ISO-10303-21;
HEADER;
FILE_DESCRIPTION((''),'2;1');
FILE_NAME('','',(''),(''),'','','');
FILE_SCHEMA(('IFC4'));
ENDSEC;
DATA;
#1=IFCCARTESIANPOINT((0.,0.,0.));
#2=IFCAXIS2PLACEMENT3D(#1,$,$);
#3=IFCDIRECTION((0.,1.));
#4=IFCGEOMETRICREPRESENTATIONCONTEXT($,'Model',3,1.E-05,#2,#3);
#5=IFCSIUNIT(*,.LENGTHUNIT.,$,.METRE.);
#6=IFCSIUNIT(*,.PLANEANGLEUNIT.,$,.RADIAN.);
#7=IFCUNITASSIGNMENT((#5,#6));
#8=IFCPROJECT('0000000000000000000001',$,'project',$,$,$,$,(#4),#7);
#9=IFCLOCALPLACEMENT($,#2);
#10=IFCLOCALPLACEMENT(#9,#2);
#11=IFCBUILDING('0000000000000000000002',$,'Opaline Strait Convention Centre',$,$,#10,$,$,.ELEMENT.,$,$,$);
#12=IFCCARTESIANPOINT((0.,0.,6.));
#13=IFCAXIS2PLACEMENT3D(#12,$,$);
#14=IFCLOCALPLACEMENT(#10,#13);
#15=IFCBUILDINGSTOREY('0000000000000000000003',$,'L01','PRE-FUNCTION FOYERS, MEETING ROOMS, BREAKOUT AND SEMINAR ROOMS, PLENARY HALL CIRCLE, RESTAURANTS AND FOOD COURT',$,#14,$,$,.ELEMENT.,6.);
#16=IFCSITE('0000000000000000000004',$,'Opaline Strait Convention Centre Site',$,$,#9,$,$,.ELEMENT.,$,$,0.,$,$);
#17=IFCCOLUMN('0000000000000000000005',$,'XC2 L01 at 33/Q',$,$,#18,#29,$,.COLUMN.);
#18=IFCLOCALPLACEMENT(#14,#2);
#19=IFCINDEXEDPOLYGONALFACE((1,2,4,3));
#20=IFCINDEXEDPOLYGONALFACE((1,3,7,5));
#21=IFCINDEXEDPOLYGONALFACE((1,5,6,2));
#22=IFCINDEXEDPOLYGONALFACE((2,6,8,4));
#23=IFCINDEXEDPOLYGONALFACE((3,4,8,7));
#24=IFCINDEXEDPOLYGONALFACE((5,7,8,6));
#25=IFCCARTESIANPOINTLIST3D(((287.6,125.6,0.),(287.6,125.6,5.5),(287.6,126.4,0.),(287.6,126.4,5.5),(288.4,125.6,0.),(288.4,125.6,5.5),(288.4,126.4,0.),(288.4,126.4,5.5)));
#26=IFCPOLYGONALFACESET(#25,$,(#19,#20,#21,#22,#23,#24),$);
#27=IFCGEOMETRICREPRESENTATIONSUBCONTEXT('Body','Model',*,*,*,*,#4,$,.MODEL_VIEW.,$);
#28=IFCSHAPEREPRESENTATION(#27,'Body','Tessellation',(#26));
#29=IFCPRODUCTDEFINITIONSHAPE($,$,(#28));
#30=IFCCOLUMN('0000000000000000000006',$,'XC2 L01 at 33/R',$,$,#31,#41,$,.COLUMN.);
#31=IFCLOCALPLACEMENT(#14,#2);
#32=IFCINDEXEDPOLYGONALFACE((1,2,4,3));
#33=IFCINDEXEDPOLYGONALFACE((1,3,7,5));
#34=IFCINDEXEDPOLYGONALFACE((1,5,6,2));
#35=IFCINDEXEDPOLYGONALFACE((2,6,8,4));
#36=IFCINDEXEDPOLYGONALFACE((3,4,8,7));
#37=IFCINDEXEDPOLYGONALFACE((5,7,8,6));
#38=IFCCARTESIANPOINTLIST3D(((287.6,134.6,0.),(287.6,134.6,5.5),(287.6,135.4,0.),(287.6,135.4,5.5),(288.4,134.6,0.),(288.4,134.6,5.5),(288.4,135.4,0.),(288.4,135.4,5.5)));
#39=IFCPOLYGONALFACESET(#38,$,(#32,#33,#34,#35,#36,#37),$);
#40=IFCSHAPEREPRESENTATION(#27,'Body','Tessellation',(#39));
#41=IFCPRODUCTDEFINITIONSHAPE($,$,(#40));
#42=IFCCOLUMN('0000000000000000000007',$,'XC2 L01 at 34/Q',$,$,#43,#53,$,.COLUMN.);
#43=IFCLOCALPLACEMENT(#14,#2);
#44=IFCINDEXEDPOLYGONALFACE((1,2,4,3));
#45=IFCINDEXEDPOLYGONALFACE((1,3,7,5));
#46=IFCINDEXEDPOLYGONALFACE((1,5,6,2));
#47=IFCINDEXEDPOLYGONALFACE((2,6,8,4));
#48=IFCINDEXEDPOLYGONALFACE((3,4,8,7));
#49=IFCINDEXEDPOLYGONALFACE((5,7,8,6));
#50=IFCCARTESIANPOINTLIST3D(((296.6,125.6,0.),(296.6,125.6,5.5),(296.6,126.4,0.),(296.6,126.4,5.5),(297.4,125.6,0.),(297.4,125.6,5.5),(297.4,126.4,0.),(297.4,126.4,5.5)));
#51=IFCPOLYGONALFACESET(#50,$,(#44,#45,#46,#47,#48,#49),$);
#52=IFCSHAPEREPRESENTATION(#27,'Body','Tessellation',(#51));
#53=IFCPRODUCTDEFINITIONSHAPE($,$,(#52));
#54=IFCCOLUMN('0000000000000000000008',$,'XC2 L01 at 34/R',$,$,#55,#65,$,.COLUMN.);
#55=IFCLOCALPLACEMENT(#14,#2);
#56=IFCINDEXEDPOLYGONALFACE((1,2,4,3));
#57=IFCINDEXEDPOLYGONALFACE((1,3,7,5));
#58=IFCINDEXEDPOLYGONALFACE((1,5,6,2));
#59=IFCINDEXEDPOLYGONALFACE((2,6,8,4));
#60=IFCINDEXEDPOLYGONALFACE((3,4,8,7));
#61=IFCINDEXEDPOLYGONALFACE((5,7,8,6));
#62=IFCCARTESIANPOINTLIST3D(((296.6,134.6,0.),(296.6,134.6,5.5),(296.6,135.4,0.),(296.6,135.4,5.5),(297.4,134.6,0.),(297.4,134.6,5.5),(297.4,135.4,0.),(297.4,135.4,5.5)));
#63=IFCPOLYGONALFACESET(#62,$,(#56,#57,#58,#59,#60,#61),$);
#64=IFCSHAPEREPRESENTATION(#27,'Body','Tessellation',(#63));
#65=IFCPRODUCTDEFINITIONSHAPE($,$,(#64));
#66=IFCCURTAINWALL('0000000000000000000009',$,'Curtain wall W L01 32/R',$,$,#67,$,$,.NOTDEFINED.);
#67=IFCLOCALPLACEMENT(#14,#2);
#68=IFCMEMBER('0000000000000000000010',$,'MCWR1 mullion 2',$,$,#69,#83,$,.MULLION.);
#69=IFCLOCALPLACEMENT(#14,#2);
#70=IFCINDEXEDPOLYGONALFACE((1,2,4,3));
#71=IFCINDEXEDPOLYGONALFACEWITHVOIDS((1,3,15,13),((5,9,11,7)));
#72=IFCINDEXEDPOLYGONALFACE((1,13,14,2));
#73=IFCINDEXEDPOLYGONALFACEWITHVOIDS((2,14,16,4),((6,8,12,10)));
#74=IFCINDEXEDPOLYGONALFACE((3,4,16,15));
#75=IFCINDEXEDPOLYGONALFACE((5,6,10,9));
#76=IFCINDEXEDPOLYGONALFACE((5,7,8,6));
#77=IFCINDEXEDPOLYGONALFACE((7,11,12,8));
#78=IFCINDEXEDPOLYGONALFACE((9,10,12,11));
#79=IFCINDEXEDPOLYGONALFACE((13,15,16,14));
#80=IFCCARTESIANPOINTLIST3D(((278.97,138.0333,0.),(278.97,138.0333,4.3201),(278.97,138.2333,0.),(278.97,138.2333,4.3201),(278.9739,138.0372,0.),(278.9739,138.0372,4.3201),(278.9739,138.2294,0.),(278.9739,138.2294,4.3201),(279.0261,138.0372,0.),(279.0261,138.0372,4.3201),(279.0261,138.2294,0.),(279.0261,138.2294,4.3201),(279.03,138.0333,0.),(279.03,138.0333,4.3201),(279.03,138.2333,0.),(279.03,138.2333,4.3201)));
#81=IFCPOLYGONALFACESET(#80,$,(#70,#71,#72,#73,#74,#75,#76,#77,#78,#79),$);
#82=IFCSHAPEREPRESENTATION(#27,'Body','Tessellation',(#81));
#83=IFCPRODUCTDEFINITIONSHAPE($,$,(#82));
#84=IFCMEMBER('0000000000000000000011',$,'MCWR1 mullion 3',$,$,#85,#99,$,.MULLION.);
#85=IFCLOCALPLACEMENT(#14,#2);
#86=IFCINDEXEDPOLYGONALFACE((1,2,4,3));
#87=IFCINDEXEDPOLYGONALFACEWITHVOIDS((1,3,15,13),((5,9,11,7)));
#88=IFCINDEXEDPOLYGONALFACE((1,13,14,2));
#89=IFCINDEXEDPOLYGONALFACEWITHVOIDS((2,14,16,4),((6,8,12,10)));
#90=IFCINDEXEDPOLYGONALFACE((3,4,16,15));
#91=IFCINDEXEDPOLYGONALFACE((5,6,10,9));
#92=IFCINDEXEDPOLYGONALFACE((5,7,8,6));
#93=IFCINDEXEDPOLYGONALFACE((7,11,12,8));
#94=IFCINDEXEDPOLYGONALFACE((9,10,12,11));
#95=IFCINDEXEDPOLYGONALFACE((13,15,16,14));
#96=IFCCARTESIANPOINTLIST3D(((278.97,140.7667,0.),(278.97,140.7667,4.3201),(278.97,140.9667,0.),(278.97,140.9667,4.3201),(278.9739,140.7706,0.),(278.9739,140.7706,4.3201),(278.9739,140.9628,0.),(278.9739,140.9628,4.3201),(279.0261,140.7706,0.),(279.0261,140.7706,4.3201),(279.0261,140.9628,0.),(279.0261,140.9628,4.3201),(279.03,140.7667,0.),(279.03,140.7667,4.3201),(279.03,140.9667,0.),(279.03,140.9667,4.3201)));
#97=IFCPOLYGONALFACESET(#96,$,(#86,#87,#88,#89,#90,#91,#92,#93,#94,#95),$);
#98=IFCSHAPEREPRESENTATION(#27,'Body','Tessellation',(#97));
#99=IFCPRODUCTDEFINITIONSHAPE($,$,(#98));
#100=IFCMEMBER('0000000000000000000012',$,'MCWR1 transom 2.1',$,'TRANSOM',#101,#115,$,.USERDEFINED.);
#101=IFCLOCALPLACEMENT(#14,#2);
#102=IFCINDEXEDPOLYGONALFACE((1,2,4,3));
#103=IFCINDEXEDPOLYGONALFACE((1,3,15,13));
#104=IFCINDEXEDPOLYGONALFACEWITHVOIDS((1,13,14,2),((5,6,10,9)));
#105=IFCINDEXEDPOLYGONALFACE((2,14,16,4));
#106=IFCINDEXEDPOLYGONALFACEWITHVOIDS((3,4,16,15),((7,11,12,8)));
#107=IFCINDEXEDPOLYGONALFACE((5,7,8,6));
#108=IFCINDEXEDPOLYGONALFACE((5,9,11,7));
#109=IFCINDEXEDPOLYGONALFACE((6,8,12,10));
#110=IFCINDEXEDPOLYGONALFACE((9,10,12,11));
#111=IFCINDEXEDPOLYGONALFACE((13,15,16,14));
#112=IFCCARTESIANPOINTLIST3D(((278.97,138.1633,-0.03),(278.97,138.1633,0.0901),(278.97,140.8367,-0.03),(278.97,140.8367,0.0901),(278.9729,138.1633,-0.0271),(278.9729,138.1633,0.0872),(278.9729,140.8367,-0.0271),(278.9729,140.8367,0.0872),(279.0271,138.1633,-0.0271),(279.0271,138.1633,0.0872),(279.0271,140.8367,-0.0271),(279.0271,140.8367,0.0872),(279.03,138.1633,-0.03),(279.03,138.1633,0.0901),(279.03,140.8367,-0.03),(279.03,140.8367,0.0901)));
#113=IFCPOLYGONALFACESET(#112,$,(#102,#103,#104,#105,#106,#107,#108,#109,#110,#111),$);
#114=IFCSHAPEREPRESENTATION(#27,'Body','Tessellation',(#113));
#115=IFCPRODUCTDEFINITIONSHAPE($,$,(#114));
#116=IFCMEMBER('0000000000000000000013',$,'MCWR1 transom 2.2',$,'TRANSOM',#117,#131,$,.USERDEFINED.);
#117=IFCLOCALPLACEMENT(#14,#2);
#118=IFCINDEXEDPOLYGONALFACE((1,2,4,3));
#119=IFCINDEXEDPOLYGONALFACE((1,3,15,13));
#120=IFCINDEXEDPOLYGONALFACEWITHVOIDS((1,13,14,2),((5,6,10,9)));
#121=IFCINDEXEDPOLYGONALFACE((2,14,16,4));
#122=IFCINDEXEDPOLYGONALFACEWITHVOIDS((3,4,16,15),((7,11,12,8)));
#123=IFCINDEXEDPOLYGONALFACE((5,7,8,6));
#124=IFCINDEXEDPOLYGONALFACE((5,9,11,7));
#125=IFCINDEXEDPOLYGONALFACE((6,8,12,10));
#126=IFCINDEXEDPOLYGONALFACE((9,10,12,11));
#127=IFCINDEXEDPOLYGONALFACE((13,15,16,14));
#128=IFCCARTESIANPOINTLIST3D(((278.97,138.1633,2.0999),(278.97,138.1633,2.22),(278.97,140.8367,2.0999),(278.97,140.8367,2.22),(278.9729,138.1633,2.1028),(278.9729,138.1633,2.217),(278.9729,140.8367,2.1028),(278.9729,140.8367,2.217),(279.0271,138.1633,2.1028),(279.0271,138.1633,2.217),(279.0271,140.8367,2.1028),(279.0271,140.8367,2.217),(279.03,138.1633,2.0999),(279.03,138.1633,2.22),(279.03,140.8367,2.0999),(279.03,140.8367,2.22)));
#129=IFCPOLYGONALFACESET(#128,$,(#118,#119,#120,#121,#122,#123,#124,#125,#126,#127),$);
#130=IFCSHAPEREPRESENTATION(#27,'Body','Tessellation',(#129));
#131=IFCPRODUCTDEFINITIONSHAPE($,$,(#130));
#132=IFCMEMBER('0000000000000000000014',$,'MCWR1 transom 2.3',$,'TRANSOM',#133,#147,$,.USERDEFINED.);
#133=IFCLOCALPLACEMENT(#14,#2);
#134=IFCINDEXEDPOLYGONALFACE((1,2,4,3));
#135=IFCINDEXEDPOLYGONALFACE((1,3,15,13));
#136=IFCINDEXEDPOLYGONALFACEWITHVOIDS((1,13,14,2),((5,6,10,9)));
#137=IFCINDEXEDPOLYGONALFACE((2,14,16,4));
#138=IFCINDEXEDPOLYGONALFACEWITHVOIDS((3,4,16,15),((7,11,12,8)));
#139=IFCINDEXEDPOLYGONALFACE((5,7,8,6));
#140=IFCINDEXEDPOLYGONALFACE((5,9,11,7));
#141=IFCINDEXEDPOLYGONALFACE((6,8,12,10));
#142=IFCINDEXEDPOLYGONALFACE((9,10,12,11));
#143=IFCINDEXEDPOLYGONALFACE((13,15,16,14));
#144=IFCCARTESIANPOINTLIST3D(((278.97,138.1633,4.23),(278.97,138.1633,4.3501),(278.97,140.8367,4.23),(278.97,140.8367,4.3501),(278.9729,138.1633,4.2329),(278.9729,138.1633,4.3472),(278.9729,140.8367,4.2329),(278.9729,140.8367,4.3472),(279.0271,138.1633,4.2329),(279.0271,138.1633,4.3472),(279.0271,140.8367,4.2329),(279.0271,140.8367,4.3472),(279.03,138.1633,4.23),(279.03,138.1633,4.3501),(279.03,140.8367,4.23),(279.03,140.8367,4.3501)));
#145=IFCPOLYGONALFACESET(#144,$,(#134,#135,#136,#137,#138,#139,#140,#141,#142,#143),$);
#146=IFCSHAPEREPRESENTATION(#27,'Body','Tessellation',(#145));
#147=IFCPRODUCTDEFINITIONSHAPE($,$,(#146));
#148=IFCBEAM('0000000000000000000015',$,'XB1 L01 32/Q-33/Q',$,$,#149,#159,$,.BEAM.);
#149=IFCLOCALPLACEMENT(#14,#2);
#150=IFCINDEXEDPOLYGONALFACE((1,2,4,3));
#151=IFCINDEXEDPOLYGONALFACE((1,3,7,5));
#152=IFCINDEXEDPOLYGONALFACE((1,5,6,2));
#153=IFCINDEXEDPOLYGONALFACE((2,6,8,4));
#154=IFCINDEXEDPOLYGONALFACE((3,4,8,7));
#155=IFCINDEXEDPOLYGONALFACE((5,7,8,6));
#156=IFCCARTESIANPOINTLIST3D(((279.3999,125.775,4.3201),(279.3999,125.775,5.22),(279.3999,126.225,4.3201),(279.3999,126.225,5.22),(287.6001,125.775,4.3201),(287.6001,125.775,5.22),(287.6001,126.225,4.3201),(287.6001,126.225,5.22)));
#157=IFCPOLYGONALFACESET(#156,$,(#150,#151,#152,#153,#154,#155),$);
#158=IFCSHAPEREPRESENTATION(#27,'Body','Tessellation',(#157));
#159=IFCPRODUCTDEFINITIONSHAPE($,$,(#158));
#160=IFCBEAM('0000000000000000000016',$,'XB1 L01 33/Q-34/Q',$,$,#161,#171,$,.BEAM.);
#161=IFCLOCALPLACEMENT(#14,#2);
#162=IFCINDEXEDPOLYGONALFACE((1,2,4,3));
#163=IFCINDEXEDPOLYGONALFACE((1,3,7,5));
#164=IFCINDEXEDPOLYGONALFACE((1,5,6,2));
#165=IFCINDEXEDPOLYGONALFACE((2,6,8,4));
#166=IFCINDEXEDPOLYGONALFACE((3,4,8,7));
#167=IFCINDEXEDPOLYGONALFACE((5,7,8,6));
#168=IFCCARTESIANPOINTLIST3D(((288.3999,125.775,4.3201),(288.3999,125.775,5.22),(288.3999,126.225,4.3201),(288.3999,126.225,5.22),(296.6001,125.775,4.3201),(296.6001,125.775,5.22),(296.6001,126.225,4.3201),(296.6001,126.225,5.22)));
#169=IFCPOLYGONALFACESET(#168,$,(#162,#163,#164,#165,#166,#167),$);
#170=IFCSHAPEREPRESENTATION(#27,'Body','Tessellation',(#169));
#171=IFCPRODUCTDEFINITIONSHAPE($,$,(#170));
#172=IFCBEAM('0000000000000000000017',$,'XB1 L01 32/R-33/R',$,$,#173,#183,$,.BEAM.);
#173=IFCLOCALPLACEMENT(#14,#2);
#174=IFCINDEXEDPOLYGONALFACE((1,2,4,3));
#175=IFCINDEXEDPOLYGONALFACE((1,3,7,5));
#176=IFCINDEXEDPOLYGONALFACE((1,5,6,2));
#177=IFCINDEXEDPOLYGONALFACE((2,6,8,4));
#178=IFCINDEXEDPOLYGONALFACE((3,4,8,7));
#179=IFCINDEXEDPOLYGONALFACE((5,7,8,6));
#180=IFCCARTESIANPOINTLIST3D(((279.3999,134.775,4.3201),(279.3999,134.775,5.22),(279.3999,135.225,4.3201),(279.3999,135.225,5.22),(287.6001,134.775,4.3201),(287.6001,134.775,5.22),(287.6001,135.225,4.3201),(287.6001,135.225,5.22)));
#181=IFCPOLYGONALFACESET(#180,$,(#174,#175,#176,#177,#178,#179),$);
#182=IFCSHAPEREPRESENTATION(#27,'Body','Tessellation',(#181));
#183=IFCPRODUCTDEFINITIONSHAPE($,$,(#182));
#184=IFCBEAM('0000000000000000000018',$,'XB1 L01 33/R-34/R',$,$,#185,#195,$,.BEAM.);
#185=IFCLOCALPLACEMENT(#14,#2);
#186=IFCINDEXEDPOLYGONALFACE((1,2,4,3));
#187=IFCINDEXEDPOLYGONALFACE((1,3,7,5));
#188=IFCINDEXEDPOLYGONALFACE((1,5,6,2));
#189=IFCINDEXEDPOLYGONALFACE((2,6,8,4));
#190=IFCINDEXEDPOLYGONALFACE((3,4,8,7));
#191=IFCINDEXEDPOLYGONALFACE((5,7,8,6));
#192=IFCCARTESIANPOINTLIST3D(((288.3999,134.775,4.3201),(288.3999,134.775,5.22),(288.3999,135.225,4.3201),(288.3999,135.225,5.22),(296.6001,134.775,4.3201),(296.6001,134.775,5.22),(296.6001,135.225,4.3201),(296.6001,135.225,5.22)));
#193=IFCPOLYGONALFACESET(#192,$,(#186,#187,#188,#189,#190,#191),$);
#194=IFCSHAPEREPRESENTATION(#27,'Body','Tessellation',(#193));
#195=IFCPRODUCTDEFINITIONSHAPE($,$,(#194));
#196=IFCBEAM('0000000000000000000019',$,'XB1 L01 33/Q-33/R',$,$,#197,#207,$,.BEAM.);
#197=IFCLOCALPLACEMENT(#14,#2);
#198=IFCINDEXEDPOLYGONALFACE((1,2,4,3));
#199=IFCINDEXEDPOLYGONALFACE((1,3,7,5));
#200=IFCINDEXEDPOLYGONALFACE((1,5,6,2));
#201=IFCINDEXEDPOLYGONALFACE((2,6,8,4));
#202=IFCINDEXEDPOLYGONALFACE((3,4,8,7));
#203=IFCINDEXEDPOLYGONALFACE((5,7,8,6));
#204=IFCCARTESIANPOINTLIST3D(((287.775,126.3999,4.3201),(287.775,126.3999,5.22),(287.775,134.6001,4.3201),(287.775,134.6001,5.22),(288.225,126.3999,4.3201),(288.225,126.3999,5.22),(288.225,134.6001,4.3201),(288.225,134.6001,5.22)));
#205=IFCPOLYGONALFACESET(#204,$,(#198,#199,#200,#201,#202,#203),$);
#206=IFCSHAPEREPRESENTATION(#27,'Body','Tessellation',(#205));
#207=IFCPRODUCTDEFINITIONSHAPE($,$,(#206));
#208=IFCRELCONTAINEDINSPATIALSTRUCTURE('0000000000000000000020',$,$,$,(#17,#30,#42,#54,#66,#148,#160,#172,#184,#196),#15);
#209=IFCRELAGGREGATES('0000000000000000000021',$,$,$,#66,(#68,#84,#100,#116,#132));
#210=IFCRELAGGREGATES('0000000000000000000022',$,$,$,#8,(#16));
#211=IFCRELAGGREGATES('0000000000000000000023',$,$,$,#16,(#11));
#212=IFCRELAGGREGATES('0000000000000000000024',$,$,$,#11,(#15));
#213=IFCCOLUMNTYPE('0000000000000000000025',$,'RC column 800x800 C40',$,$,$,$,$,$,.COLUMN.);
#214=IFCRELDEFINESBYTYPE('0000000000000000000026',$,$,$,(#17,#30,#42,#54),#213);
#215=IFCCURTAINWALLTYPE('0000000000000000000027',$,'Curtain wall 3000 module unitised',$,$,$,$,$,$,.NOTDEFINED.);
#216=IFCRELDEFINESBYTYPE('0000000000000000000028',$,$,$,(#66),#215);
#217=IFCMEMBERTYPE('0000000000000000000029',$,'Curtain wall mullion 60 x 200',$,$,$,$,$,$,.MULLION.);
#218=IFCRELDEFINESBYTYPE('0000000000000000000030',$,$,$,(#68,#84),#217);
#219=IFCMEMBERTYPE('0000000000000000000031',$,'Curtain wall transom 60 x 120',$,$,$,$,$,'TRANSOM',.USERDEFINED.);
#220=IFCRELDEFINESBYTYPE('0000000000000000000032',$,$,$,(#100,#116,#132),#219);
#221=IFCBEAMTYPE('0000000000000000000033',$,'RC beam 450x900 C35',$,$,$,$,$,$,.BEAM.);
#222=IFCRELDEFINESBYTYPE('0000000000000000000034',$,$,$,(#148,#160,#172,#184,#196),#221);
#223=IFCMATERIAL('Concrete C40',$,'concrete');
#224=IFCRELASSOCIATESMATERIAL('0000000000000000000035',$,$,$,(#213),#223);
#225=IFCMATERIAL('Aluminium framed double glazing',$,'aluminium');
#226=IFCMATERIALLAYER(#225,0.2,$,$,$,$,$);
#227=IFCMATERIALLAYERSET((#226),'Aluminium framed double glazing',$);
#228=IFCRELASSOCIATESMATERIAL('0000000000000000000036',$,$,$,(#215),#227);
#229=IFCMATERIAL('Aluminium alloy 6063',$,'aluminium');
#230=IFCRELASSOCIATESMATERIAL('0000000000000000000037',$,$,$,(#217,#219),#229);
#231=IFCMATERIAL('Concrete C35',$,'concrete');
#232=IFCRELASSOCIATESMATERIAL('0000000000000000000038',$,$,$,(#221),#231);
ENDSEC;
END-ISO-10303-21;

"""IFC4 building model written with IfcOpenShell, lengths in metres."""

from ifc_helpers import new_model, si_unit, direction, frame, origin, origin_2d, place, context, subcontext, project, spatial, rectangle, hollow_rectangle, extrude, material, layer, layer_set, material_profile, profile_set, type_object, element, aggregate, save


model = new_model("IFC4")

# Units and contexts
model_context = context("Model", 3, precision=1e-05, world=origin(), true_north=direction((0.0, 1.0)))
body_context = subcontext(model_context, "Body", "Model", "MODEL_VIEW")
ifc_project = project(units=[si_unit("LENGTHUNIT", "METRE"), si_unit("PLANEANGLEUNIT", "RADIAN")], contexts=[model_context])

# Site, building, storey
site_placement = place(None, origin())
site = spatial("IfcSite", under=ifc_project, at=site_placement, Name="Opaline Strait Convention Centre Site", CompositionType="ELEMENT", RefElevation=0.0)
building_placement = place(site_placement, origin())
building = spatial("IfcBuilding", under=site, at=building_placement, Name="Opaline Strait Convention Centre", CompositionType="ELEMENT")
storey_placement = place(building_placement, frame((0.0, 0.0, 6.0)))
storey = spatial("IfcBuildingStorey", under=building, at=storey_placement, Name="L01", Description="PRE-FUNCTION FOYERS, MEETING ROOMS, BREAKOUT AND SEMINAR ROOMS, PLENARY HALL CIRCLE, RESTAURANTS AND FOOD COURT", CompositionType="ELEMENT", Elevation=6.0)

# Columns
ifc_material_1 = material(Name="Concrete C40", Category="concrete")
ifc_material_profile_1 = material_profile(ifc_material_1, rectangle(XDim=0.8, YDim=0.8, at=origin_2d()), Name="RC 800x800")
ifc_profile_set_1 = profile_set([ifc_material_profile_1], Name="Concrete C40")
column_type = type_object("IfcColumnType", Name="RC column 800x800 C40", PredefinedType="COLUMN", material=ifc_profile_set_1)
for number, where, z_axis, x_axis, name in (
    (1, (288.0, 126.0, 0.0), (0.0, 0.0, 1.0), (1.0, 0.0, 0.0), "XC2 L01 at 33/Q"),
    (2, (288.0, 135.0, 0.0), (0.0, 0.0, 1.0), (1.0, 0.0, 0.0), "XC2 L01 at 33/R"),
    (3, (297.0, 126.0, 0.0), (0.0, 0.0, 1.0), (1.0, 0.0, 0.0), "XC2 L01 at 34/Q"),
    (4, (297.0, 135.0, 0.0), (0.0, 0.0, 1.0), (1.0, 0.0, 0.0), "XC2 L01 at 34/R"),
):
    element("IfcColumn", number, at=place(storey_placement, frame(where, z_axis=z_axis, x_axis=x_axis)), inside=storey, type_object=column_type, Name=name, PredefinedType="COLUMN", context=body_context, shape_type="SweptSolid", body=[
        extrude(rectangle(XDim=0.8, YDim=0.8, at=origin_2d()), origin(), (0.0, 0.0, 1.0), 5.5),
    ])

# Curtain wall, members
ifc_material_2 = material(Name="Aluminium framed double glazing", Category="aluminium")
ifc_layer_1 = layer(ifc_material_2, 0.2)
ifc_layer_set_1 = layer_set([ifc_layer_1], Name="Aluminium framed double glazing")
curtain_wall_type = type_object("IfcCurtainWallType", Name="Curtain wall 3000 module unitised", PredefinedType="NOTDEFINED", material=ifc_layer_set_1)
curtain_wall_placement = place(storey_placement, origin())
curtain_wall = element("IfcCurtainWall", 5, at=curtain_wall_placement, inside=storey, type_object=curtain_wall_type, Name="Curtain wall W L01 32/R", PredefinedType="NOTDEFINED")
ifc_material_3 = material(Name="Aluminium alloy 6063", Category="aluminium")
ifc_material_profile_2 = material_profile(ifc_material_3, hollow_rectangle(XDim=0.0601, YDim=0.2, WallThickness=0.0039, at=origin_2d()), Name="MULLION 60x200x4")
ifc_profile_set_2 = profile_set([ifc_material_profile_2], Name="Aluminium alloy 6063")
member_type_1 = type_object("IfcMemberType", Name="Curtain wall mullion 60 x 200", PredefinedType="MULLION", material=ifc_profile_set_2)
member_1_placement = place(storey_placement, frame((279.0, 138.1333, 0.0), z_axis=(0.0, 0.0, 1.0), x_axis=(-1.0, 0.0, 0.0)))
member_1 = element("IfcMember", 6, at=member_1_placement, type_object=member_type_1, Name="MCWR1 mullion 2", PredefinedType="MULLION", context=body_context, shape_type="SweptSolid", body=[
    extrude(hollow_rectangle(XDim=0.0601, YDim=0.2, WallThickness=0.0039, at=origin_2d()), origin(), (0.0, 0.0, 1.0), 4.3201),
])
member_2_placement = place(storey_placement, frame((279.0, 140.8667, 0.0), z_axis=(0.0, 0.0, 1.0), x_axis=(-1.0, 0.0, 0.0)))
member_2 = element("IfcMember", 7, at=member_2_placement, type_object=member_type_1, Name="MCWR1 mullion 3", PredefinedType="MULLION", context=body_context, shape_type="SweptSolid", body=[
    extrude(hollow_rectangle(XDim=0.0601, YDim=0.2, WallThickness=0.0039, at=origin_2d()), origin(), (0.0, 0.0, 1.0), 4.3201),
])
ifc_material_profile_3 = material_profile(ifc_material_3, hollow_rectangle(XDim=0.0601, YDim=0.1201, WallThickness=0.0029, at=origin_2d()), Name="TRANSOM 60x120x3")
ifc_profile_set_3 = profile_set([ifc_material_profile_3], Name="Aluminium alloy 6063")
member_type_2 = type_object("IfcMemberType", Name="Curtain wall transom 60 x 120", ElementType="TRANSOM", PredefinedType="USERDEFINED", material=ifc_profile_set_3)
member_3_placement = place(storey_placement, frame((279.0, 138.1633, 0.03), z_axis=(0.0, 1.0, 0.0), x_axis=(-1.0, 0.0, 0.0)))
member_3 = element("IfcMember", 8, at=member_3_placement, type_object=member_type_2, Name="MCWR1 transom 2.1", ObjectType="TRANSOM", PredefinedType="USERDEFINED", context=body_context, shape_type="SweptSolid", body=[
    extrude(hollow_rectangle(XDim=0.0601, YDim=0.1201, WallThickness=0.0029, at=origin_2d()), origin(), (0.0, 0.0, 1.0), 2.6733),
])
member_4_placement = place(storey_placement, frame((279.0, 138.1633, 2.1599), z_axis=(0.0, 1.0, 0.0), x_axis=(-1.0, 0.0, 0.0)))
member_4 = element("IfcMember", 9, at=member_4_placement, type_object=member_type_2, Name="MCWR1 transom 2.2", ObjectType="TRANSOM", PredefinedType="USERDEFINED", context=body_context, shape_type="SweptSolid", body=[
    extrude(hollow_rectangle(XDim=0.0601, YDim=0.1201, WallThickness=0.0029, at=origin_2d()), origin(), (0.0, 0.0, 1.0), 2.6733),
])
member_5_placement = place(storey_placement, frame((279.0, 138.1633, 4.29), z_axis=(0.0, 1.0, 0.0), x_axis=(-1.0, 0.0, 0.0)))
member_5 = element("IfcMember", 10, at=member_5_placement, type_object=member_type_2, Name="MCWR1 transom 2.3", ObjectType="TRANSOM", PredefinedType="USERDEFINED", context=body_context, shape_type="SweptSolid", body=[
    extrude(hollow_rectangle(XDim=0.0601, YDim=0.1201, WallThickness=0.0029, at=origin_2d()), origin(), (0.0, 0.0, 1.0), 2.6733),
])

# Beams
ifc_material_4 = material(Name="Concrete C35", Category="concrete")
ifc_material_profile_4 = material_profile(ifc_material_4, rectangle(XDim=0.45, YDim=0.8999, at=origin_2d()), Name="RC 450x900")
ifc_profile_set_4 = profile_set([ifc_material_profile_4], Name="Concrete C35")
beam_type = type_object("IfcBeamType", Name="RC beam 450x900 C35", PredefinedType="BEAM", material=ifc_profile_set_4)
for number, where, z_axis, x_axis, name in (
    (11, (279.3999, 126.0, 4.77), (1.0, 0.0, 0.0), (0.0, 1.0, 0.0), "XB1 L01 32/Q-33/Q"),
    (12, (288.3999, 126.0, 4.77), (1.0, 0.0, 0.0), (0.0, 1.0, 0.0), "XB1 L01 33/Q-34/Q"),
    (13, (279.3999, 135.0, 4.77), (1.0, 0.0, 0.0), (0.0, 1.0, 0.0), "XB1 L01 32/R-33/R"),
    (14, (288.3999, 135.0, 4.77), (1.0, 0.0, 0.0), (0.0, 1.0, 0.0), "XB1 L01 33/R-34/R"),
    (15, (288.0, 126.3999, 4.77), (0.0, 1.0, 0.0), (-1.0, 0.0, 0.0), "XB1 L01 33/Q-33/R"),
):
    element("IfcBeam", number, at=place(storey_placement, frame(where, z_axis=z_axis, x_axis=x_axis)), inside=storey, type_object=beam_type, Name=name, PredefinedType="BEAM", context=body_context, shape_type="SweptSolid", body=[
        extrude(rectangle(XDim=0.45, YDim=0.8999, at=origin_2d()), origin(), (0.0, 0.0, 1.0), 8.2002),
    ])

aggregate(curtain_wall, [member_1, member_2, member_3, member_4, member_5])

save(model, "model.ifc")
